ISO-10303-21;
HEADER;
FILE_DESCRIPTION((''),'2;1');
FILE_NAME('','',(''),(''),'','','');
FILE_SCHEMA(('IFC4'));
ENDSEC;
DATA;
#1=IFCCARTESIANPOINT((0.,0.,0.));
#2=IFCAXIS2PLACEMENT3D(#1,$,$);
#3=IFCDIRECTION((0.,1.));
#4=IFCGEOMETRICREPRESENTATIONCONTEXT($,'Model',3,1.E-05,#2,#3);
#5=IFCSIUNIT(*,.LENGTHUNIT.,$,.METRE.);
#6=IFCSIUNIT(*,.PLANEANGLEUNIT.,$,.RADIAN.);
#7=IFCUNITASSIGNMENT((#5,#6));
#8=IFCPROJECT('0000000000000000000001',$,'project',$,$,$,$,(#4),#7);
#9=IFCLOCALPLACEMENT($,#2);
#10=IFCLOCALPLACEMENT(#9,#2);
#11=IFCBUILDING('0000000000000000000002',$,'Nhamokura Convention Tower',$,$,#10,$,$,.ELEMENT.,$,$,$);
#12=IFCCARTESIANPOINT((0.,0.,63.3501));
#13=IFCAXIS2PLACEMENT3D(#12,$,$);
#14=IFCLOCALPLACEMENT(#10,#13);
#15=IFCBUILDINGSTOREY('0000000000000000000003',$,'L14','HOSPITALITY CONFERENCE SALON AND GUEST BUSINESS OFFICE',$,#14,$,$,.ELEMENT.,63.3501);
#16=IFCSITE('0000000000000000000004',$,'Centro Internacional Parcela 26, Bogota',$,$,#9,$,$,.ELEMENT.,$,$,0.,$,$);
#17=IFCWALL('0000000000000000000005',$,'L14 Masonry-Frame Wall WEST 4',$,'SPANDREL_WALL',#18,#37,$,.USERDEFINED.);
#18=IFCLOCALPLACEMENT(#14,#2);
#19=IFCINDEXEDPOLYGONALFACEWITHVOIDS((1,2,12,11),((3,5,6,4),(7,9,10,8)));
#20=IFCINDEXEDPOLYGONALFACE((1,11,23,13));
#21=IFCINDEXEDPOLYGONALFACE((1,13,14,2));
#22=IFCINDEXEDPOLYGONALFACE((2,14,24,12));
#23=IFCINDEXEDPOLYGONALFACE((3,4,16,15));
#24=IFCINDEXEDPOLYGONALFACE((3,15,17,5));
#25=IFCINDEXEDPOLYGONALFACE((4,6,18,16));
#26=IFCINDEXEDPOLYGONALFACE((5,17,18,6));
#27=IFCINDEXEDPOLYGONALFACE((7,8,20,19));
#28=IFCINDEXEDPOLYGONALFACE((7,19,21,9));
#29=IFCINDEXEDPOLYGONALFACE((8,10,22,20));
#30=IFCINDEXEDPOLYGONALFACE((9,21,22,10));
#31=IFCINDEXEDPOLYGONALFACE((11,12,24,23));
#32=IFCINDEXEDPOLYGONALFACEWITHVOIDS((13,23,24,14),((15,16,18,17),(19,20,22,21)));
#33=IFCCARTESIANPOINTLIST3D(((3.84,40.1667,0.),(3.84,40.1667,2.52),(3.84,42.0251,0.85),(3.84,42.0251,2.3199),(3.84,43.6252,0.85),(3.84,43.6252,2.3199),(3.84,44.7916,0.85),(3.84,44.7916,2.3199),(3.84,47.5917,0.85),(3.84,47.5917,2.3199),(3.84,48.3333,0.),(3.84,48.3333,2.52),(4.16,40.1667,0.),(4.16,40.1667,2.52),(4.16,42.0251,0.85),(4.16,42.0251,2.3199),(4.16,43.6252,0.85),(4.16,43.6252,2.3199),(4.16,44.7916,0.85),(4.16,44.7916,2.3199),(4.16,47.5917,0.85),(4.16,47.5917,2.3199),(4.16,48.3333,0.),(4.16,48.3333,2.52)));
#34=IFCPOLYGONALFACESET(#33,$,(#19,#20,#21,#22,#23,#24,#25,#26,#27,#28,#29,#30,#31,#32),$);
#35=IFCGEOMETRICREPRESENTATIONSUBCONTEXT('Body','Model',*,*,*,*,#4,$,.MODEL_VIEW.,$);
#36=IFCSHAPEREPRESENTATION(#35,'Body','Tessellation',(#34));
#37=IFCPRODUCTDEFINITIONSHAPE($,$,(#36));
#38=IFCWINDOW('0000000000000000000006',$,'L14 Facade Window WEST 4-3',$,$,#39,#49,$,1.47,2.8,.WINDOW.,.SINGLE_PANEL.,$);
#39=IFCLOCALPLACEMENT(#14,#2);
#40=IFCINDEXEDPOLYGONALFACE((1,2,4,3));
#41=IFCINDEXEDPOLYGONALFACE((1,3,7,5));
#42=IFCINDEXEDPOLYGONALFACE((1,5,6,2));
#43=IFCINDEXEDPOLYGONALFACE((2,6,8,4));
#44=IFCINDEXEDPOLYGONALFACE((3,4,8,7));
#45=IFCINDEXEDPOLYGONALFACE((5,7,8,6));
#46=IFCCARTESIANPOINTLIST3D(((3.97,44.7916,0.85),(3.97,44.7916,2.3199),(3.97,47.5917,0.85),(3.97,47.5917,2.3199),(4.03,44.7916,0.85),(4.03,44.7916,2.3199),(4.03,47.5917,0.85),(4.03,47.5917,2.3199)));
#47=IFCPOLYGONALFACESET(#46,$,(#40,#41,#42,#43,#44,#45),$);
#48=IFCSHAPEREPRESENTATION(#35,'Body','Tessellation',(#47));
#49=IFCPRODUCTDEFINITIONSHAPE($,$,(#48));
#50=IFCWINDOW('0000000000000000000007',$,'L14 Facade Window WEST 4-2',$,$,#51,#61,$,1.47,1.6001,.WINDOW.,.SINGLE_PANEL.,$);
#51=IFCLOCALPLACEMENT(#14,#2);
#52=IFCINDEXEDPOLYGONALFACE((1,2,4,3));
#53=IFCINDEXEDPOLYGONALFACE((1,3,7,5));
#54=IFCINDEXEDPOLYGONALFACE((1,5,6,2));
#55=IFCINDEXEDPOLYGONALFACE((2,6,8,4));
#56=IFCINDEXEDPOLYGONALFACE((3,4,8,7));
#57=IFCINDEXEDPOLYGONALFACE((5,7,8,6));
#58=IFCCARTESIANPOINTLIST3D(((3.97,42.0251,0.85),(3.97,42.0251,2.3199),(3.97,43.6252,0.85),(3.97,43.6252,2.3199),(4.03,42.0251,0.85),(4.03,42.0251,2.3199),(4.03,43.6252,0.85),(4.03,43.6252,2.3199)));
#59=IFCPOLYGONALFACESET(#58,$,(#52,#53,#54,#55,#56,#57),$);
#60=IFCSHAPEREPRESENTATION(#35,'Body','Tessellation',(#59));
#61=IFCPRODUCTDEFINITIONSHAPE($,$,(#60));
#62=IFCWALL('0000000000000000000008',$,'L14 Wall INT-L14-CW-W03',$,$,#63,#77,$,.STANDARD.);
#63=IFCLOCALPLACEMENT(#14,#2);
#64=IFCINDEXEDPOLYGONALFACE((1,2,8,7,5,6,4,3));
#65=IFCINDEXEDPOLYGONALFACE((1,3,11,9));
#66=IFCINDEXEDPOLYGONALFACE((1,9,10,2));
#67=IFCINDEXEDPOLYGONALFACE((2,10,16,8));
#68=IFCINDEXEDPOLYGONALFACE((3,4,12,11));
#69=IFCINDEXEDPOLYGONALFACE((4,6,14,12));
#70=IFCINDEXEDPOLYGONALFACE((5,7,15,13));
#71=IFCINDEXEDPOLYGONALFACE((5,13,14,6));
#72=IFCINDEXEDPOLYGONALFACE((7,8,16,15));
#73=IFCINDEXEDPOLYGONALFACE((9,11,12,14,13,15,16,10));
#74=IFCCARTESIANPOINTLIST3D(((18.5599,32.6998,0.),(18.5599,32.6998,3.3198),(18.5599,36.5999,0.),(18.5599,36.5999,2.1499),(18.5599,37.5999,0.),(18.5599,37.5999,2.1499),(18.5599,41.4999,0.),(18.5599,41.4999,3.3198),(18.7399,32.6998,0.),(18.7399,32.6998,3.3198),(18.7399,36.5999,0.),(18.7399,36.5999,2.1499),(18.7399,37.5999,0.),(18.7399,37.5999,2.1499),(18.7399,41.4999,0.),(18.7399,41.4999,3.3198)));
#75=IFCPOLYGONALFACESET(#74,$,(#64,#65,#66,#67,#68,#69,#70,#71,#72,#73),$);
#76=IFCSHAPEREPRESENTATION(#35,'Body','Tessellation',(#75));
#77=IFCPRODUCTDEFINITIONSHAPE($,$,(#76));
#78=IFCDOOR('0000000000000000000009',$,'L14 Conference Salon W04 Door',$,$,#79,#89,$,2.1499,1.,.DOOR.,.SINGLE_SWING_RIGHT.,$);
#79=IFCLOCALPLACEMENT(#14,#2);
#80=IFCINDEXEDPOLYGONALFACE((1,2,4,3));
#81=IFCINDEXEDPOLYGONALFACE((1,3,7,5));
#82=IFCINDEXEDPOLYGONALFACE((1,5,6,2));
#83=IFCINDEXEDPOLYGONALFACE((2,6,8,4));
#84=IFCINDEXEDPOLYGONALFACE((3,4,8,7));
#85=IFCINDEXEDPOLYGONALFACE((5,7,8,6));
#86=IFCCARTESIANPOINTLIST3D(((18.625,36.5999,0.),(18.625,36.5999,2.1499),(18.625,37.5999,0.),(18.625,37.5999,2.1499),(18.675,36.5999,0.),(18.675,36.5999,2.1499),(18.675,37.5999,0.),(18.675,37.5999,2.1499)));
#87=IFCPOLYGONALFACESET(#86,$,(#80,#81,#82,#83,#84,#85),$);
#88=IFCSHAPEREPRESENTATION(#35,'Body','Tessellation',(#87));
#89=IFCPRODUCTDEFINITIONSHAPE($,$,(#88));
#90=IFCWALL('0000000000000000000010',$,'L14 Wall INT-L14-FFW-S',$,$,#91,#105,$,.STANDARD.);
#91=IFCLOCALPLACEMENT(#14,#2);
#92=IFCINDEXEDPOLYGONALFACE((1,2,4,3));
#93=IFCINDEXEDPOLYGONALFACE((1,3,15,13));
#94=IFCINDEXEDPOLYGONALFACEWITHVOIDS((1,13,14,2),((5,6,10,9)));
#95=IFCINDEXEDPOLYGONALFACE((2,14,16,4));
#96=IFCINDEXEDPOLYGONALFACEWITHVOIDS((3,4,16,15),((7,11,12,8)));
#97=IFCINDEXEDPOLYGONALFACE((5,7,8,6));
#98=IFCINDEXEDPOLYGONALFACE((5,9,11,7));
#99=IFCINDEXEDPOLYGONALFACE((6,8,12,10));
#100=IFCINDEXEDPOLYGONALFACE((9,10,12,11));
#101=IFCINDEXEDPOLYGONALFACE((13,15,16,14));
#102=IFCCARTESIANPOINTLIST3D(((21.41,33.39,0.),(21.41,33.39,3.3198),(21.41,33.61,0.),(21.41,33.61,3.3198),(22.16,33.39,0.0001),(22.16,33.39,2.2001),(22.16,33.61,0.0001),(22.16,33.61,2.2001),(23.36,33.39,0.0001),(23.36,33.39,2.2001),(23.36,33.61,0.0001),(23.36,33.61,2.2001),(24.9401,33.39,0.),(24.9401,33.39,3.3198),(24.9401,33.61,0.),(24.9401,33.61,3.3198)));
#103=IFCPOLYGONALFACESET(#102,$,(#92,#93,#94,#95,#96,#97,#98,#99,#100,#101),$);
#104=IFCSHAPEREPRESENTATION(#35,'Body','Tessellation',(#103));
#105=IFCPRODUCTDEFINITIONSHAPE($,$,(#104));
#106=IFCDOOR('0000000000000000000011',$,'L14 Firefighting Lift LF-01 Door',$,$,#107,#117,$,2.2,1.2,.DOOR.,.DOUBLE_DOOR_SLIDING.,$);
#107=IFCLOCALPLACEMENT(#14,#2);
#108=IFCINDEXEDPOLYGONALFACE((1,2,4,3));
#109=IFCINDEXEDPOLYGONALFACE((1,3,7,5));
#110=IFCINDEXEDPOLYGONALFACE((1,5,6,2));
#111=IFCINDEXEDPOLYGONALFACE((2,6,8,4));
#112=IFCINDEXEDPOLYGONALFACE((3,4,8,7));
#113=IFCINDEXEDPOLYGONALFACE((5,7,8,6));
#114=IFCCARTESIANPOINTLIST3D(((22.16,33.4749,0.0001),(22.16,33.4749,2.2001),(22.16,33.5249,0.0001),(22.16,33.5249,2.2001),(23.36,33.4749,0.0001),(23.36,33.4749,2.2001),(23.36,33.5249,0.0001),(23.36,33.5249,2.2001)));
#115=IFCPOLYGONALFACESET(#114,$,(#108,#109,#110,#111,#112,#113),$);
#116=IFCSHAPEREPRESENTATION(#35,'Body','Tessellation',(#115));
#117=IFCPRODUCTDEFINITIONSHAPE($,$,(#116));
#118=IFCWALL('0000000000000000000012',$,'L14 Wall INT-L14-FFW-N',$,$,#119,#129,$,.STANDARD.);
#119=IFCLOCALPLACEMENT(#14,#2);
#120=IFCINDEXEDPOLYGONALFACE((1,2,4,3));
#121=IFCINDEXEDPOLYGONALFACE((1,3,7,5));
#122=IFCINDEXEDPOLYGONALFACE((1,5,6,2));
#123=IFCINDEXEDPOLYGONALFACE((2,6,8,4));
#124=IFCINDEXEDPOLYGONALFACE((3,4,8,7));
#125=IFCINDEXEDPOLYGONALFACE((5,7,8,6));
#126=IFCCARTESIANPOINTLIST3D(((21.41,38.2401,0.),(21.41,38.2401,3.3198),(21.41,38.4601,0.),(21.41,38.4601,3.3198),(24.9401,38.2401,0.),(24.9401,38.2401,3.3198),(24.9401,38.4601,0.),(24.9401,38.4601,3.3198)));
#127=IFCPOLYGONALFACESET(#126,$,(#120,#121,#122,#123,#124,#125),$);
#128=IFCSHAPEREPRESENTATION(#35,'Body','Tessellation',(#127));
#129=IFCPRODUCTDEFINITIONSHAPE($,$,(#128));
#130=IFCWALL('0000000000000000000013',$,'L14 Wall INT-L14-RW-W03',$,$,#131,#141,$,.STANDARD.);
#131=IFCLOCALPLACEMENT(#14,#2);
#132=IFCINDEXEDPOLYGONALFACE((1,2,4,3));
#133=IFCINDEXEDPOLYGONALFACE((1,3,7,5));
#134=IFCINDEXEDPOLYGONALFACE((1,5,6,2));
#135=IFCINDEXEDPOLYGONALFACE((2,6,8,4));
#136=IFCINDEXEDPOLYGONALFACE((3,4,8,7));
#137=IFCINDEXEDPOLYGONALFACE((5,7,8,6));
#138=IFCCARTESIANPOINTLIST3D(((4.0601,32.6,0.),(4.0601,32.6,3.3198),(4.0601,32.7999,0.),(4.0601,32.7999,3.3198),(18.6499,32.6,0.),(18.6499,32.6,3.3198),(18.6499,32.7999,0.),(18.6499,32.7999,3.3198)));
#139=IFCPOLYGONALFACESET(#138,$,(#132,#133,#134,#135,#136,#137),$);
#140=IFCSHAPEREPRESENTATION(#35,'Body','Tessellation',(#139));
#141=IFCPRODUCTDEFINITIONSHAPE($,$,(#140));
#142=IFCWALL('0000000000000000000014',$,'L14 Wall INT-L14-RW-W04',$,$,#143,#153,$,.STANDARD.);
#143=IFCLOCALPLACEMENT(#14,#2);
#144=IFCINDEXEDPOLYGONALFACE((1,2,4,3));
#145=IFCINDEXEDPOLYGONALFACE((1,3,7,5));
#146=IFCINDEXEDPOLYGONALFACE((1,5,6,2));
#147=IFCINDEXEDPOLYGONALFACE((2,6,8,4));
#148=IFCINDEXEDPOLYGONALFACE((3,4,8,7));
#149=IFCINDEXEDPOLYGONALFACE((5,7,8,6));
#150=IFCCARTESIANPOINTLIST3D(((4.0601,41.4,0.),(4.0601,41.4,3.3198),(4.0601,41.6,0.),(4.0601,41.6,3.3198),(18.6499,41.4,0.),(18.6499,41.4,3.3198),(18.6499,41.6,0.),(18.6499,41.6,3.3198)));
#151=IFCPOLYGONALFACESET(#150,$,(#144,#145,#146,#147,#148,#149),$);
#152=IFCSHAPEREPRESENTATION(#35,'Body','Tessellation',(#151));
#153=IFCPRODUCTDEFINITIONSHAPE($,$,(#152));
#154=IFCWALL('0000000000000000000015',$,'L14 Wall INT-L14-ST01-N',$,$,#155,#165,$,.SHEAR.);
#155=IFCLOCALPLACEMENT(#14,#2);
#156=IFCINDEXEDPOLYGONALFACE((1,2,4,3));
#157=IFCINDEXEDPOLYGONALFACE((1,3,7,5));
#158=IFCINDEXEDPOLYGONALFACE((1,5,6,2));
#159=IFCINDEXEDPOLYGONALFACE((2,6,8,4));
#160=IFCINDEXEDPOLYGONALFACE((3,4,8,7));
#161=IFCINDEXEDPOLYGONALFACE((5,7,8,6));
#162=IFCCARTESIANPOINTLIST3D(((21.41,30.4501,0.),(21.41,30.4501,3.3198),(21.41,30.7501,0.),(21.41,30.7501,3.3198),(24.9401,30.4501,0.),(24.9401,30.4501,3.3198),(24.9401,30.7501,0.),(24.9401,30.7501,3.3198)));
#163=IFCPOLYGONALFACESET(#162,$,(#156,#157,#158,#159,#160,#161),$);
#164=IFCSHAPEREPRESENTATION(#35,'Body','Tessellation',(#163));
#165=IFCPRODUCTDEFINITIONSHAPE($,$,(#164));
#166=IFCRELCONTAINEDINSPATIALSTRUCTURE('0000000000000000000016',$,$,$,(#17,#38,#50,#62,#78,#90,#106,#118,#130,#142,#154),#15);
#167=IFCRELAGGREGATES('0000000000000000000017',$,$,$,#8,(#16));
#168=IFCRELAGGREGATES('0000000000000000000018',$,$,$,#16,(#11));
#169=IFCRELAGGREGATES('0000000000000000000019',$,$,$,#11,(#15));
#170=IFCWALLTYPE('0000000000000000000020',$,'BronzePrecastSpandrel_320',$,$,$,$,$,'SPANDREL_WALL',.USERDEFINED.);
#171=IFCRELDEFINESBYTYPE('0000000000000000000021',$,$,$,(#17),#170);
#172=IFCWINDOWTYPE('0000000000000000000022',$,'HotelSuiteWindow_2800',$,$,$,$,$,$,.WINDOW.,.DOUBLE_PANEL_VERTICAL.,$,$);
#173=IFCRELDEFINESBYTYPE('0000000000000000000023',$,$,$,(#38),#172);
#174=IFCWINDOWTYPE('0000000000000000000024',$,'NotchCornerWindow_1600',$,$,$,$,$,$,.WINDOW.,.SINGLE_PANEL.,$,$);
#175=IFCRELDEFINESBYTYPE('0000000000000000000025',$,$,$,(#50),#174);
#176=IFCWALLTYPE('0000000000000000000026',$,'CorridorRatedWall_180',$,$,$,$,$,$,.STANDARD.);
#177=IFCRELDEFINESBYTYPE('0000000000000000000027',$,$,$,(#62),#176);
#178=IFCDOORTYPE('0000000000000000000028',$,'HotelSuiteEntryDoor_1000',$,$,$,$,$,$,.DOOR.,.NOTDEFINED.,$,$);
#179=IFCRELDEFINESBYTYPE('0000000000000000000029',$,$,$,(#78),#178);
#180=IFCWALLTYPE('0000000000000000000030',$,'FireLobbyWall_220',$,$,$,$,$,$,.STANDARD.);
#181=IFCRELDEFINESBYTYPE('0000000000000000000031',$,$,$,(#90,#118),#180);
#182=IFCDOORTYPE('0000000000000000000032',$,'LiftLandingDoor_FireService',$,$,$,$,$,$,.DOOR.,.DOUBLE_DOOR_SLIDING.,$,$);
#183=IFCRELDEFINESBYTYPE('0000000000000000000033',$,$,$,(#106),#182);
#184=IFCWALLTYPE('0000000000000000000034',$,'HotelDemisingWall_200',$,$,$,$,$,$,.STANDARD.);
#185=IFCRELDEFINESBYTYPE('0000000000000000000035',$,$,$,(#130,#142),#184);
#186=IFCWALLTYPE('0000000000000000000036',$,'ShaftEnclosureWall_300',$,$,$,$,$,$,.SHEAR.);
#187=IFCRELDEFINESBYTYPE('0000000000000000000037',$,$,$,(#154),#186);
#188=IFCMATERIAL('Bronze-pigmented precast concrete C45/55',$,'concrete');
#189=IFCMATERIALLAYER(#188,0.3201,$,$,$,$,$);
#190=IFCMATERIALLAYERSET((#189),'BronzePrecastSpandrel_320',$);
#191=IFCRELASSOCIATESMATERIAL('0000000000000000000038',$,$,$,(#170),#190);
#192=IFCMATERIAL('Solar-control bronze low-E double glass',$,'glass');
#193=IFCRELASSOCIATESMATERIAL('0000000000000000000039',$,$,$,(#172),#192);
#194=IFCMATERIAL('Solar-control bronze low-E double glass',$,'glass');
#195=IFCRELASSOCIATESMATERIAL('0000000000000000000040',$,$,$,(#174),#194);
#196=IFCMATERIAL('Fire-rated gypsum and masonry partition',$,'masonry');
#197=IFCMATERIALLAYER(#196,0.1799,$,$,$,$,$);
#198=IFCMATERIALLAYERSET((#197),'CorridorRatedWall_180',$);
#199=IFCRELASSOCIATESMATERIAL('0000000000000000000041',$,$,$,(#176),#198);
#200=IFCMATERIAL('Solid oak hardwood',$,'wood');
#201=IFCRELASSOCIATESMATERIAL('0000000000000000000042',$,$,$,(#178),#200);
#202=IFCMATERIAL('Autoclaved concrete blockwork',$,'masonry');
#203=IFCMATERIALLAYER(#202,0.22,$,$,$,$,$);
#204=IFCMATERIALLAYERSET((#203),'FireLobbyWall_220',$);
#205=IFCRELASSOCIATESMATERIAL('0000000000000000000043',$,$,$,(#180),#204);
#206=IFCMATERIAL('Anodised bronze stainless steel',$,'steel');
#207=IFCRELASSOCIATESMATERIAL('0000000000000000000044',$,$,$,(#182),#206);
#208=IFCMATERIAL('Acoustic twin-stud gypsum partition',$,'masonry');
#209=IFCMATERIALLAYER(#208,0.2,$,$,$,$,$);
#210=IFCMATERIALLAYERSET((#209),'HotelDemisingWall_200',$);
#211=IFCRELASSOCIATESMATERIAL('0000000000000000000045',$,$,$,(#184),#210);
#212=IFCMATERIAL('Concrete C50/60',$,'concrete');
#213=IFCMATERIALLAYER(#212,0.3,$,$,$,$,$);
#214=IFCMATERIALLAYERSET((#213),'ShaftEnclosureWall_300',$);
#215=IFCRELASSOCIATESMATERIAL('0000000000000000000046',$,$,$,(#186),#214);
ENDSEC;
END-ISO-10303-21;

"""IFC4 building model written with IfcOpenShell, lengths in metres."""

from ifc_helpers import new_model, si_unit, direction, frame, frame_2d, origin, place, context, subcontext, project, spatial, rectangle, extrude, material, layer, layer_set, type_object, element, fill, save


model = new_model("IFC4")

# Units and contexts
model_context = context("Model", 3, precision=1e-05, world=origin(), true_north=direction((0.0, 1.0)))
body_context = subcontext(model_context, "Body", "Model", "MODEL_VIEW")
ifc_project = project(units=[si_unit("LENGTHUNIT", "METRE"), si_unit("PLANEANGLEUNIT", "RADIAN")], contexts=[model_context])

# Site, building, storey
site_placement = place(None, origin())
site = spatial("IfcSite", under=ifc_project, at=site_placement, Name="Centro Internacional Parcela 26, Bogota", CompositionType="ELEMENT", RefElevation=0.0)
building_placement = place(site_placement, origin())
building = spatial("IfcBuilding", under=site, at=building_placement, Name="Nhamokura Convention Tower", CompositionType="ELEMENT")
storey_placement = place(building_placement, frame((0.0, 0.0, 63.3501)))
storey = spatial("IfcBuildingStorey", under=building, at=storey_placement, Name="L14", Description="HOSPITALITY CONFERENCE SALON AND GUEST BUSINESS OFFICE", CompositionType="ELEMENT", Elevation=63.3501)

# Shared definitions
ifc_material_1 = material(Name="Bronze-pigmented precast concrete C45/55", Category="concrete")
ifc_layer_1 = layer(ifc_material_1, 0.3201)
ifc_layer_set_1 = layer_set([ifc_layer_1], Name="BronzePrecastSpandrel_320")
wall_type_1 = type_object("IfcWallType", Name="BronzePrecastSpandrel_320", ElementType="SPANDREL_WALL", PredefinedType="USERDEFINED", material=ifc_layer_set_1)

# Wall, openings, windows
wall_1_placement = place(storey_placement, frame((4.0, 40.1667, 0.0), z_axis=(0.0, 0.0, 1.0), x_axis=(0.0, 1.0, 0.0)))
wall_1 = element("IfcWall", 1, at=wall_1_placement, inside=storey, type_object=wall_type_1, Name="L14 Masonry-Frame Wall WEST 4", ObjectType="SPANDREL_WALL", PredefinedType="USERDEFINED", context=body_context, shape_type="SweptSolid", body=[
    extrude(rectangle(XDim=8.1665, YDim=0.3201, at=frame_2d((4.0833, 0.0))), origin(), (0.0, 0.0, 1.0), 2.52),
])
opening_1_placement = place(wall_1_placement, frame((1.8584, 0.0, 0.8501)))
opening_1 = element("IfcOpeningElement", 2, at=opening_1_placement, cuts=wall_1, PredefinedType="OPENING", context=body_context, shape_type="SweptSolid", body=[
    extrude(rectangle(XDim=1.6001, YDim=1.47, at=frame_2d((0.8, 0.7349))), frame((0.0, 0.1699, 0.0), z_axis=(0.0, -1.0, 0.0), x_axis=(1.0, 0.0, 0.0)), (0.0, 0.0, 1.0), 0.3401),
])
opening_2_placement = place(wall_1_placement, frame((4.625, 0.0, 0.8501)))
opening_2 = element("IfcOpeningElement", 3, at=opening_2_placement, cuts=wall_1, PredefinedType="OPENING", context=body_context, shape_type="SweptSolid", body=[
    extrude(rectangle(XDim=2.8, YDim=1.47, at=frame_2d((1.3999, 0.7349))), frame((0.0, 0.1699, 0.0), z_axis=(0.0, -1.0, 0.0), x_axis=(1.0, 0.0, 0.0)), (0.0, 0.0, 1.0), 0.3401),
])
ifc_material_2 = material(Name="Solar-control bronze low-E double glass", Category="glass")
window_type_1 = type_object("IfcWindowType", Name="HotelSuiteWindow_2800", PartitioningType="DOUBLE_PANEL_VERTICAL", PredefinedType="WINDOW", material=ifc_material_2)
window_1_placement = place(opening_2_placement, origin())
window_1 = element("IfcWindow", 4, at=window_1_placement, inside=storey, type_object=window_type_1, Name="L14 Facade Window WEST 4-3", OverallHeight=1.47, OverallWidth=2.8, PartitioningType="SINGLE_PANEL", PredefinedType="WINDOW", context=body_context, shape_type="SweptSolid", body=[
    extrude(rectangle(XDim=2.8, YDim=1.47, at=frame_2d((1.3999, 0.7349))), frame((0.0, 0.03, 0.0), z_axis=(0.0, -1.0, 0.0), x_axis=(1.0, 0.0, 0.0)), (0.0, 0.0, 1.0), 0.0601),
])
fill(opening_2, window_1)
ifc_material_3 = material(Name="Solar-control bronze low-E double glass", Category="glass")
window_type_2 = type_object("IfcWindowType", Name="NotchCornerWindow_1600", PartitioningType="SINGLE_PANEL", PredefinedType="WINDOW", material=ifc_material_3)
window_2_placement = place(opening_1_placement, origin())
window_2 = element("IfcWindow", 5, at=window_2_placement, inside=storey, type_object=window_type_2, Name="L14 Facade Window WEST 4-2", OverallHeight=1.47, OverallWidth=1.6001, PartitioningType="SINGLE_PANEL", PredefinedType="WINDOW", context=body_context, shape_type="SweptSolid", body=[
    extrude(rectangle(XDim=1.6001, YDim=1.47, at=frame_2d((0.8, 0.7349))), frame((0.0, 0.03, 0.0), z_axis=(0.0, -1.0, 0.0), x_axis=(1.0, 0.0, 0.0)), (0.0, 0.0, 1.0), 0.0601),
])
fill(opening_1, window_2)

# Walls, openings, doors
ifc_material_4 = material(Name="Fire-rated gypsum and masonry partition", Category="masonry")
ifc_layer_2 = layer(ifc_material_4, 0.1799)
ifc_layer_set_2 = layer_set([ifc_layer_2], Name="CorridorRatedWall_180")
wall_type_2 = type_object("IfcWallType", Name="CorridorRatedWall_180", PredefinedType="STANDARD", material=ifc_layer_set_2)
wall_2_placement = place(storey_placement, frame((18.6499, 32.7, 0.0), z_axis=(0.0, 0.0, 1.0), x_axis=(0.0, 1.0, 0.0)))
wall_2 = element("IfcWall", 6, at=wall_2_placement, inside=storey, type_object=wall_type_2, Name="L14 Wall INT-L14-CW-W03", PredefinedType="STANDARD", context=body_context, shape_type="SweptSolid", body=[
    extrude(rectangle(XDim=8.8, YDim=0.1799, at=frame_2d((4.3999, 0.0))), origin(), (0.0, 0.0, 1.0), 3.3198),
])
opening_3_placement = place(wall_2_placement, frame((3.8999, 0.0, 0.0)))
opening_3 = element("IfcOpeningElement", 7, at=opening_3_placement, cuts=wall_2, PredefinedType="OPENING", context=body_context, shape_type="SweptSolid", body=[
    extrude(rectangle(XDim=1.0, YDim=2.1499, at=frame_2d((0.5, 1.075))), frame((0.0, 0.0999, 0.0), z_axis=(0.0, -1.0, 0.0), x_axis=(1.0, 0.0, 0.0)), (0.0, 0.0, 1.0), 0.2),
])
ifc_material_5 = material(Name="Solid oak hardwood", Category="wood")
door_type_1 = type_object("IfcDoorType", Name="HotelSuiteEntryDoor_1000", OperationType="NOTDEFINED", PredefinedType="DOOR", material=ifc_material_5)
door_1_placement = place(opening_3_placement, origin())
door_1 = element("IfcDoor", 8, at=door_1_placement, inside=storey, type_object=door_type_1, Name="L14 Conference Salon W04 Door", OperationType="SINGLE_SWING_RIGHT", OverallHeight=2.1499, OverallWidth=1.0, PredefinedType="DOOR", context=body_context, shape_type="SweptSolid", body=[
    extrude(rectangle(XDim=1.0, YDim=2.1499, at=frame_2d((0.5, 1.075))), frame((0.0, 0.0249, 0.0), z_axis=(0.0, -1.0, 0.0), x_axis=(1.0, 0.0, 0.0)), (0.0, 0.0, 1.0), 0.05),
])
fill(opening_3, door_1)
ifc_material_6 = material(Name="Autoclaved concrete blockwork", Category="masonry")
ifc_layer_3 = layer(ifc_material_6, 0.22)
ifc_layer_set_3 = layer_set([ifc_layer_3], Name="FireLobbyWall_220")
wall_type_3 = type_object("IfcWallType", Name="FireLobbyWall_220", PredefinedType="STANDARD", material=ifc_layer_set_3)
wall_3_placement = place(storey_placement, frame((21.4099, 33.5, 0.0), z_axis=(0.0, 0.0, 1.0), x_axis=(1.0, 0.0, 0.0)))
wall_3 = element("IfcWall", 9, at=wall_3_placement, inside=storey, type_object=wall_type_3, Name="L14 Wall INT-L14-FFW-S", PredefinedType="STANDARD", context=body_context, shape_type="SweptSolid", body=[
    extrude(rectangle(XDim=3.53, YDim=0.22, at=frame_2d((1.7651, 0.0))), origin(), (0.0, 0.0, 1.0), 3.3198),
])
opening_4_placement = place(wall_3_placement, frame((0.75, 0.0, 0.0)))
opening_4 = element("IfcOpeningElement", 10, at=opening_4_placement, cuts=wall_3, PredefinedType="OPENING", context=body_context, shape_type="SweptSolid", body=[
    extrude(rectangle(XDim=1.2, YDim=2.2, at=frame_2d((0.6001, 1.1001))), frame((0.0, 0.1199, 0.0), z_axis=(0.0, -1.0, 0.0), x_axis=(1.0, 0.0, 0.0)), (0.0, 0.0, 1.0), 0.24),
])
ifc_material_7 = material(Name="Anodised bronze stainless steel", Category="steel")
door_type_2 = type_object("IfcDoorType", Name="LiftLandingDoor_FireService", OperationType="DOUBLE_DOOR_SLIDING", PredefinedType="DOOR", material=ifc_material_7)
door_2_placement = place(opening_4_placement, origin())
door_2 = element("IfcDoor", 11, at=door_2_placement, inside=storey, type_object=door_type_2, Name="L14 Firefighting Lift LF-01 Door", OperationType="DOUBLE_DOOR_SLIDING", OverallHeight=2.2, OverallWidth=1.2, PredefinedType="DOOR", context=body_context, shape_type="SweptSolid", body=[
    extrude(rectangle(XDim=1.2, YDim=2.2, at=frame_2d((0.6001, 1.1001))), frame((0.0, 0.0249, 0.0), z_axis=(0.0, -1.0, 0.0), x_axis=(1.0, 0.0, 0.0)), (0.0, 0.0, 1.0), 0.05),
])
fill(opening_4, door_2)

# Walls
wall_4_placement = place(storey_placement, frame((21.4099, 38.3501, 0.0), z_axis=(0.0, 0.0, 1.0), x_axis=(1.0, 0.0, 0.0)))
element("IfcWall", 12, at=wall_4_placement, inside=storey, type_object=wall_type_3, Name="L14 Wall INT-L14-FFW-N", PredefinedType="STANDARD", context=body_context, shape_type="SweptSolid", body=[
    extrude(rectangle(XDim=3.53, YDim=0.22, at=frame_2d((1.7651, 0.0))), origin(), (0.0, 0.0, 1.0), 3.3198),
])
ifc_material_8 = material(Name="Acoustic twin-stud gypsum partition", Category="masonry")
ifc_layer_4 = layer(ifc_material_8, 0.2)
ifc_layer_set_4 = layer_set([ifc_layer_4], Name="HotelDemisingWall_200")
wall_type_4 = type_object("IfcWallType", Name="HotelDemisingWall_200", PredefinedType="STANDARD", material=ifc_layer_set_4)
for number, where, z_axis, x_axis, name in (
    (13, (4.0601, 32.7, 0.0), (0.0, 0.0, 1.0), (1.0, 0.0, 0.0), "L14 Wall INT-L14-RW-W03"),
    (14, (4.0601, 41.5, 0.0), (0.0, 0.0, 1.0), (1.0, 0.0, 0.0), "L14 Wall INT-L14-RW-W04"),
):
    element("IfcWall", number, at=place(storey_placement, frame(where, z_axis=z_axis, x_axis=x_axis)), inside=storey, type_object=wall_type_4, Name=name, PredefinedType="STANDARD", context=body_context, shape_type="SweptSolid", body=[
        extrude(rectangle(XDim=14.5898, YDim=0.2, at=frame_2d((7.2949, 0.0))), origin(), (0.0, 0.0, 1.0), 3.3198),
    ])
ifc_material_9 = material(Name="Concrete C50/60", Category="concrete")
ifc_layer_5 = layer(ifc_material_9, 0.3)
ifc_layer_set_5 = layer_set([ifc_layer_5], Name="ShaftEnclosureWall_300")
wall_type_5 = type_object("IfcWallType", Name="ShaftEnclosureWall_300", PredefinedType="SHEAR", material=ifc_layer_set_5)
wall_5_placement = place(storey_placement, frame((21.4099, 30.6001, 0.0), z_axis=(0.0, 0.0, 1.0), x_axis=(1.0, 0.0, 0.0)))
element("IfcWall", 15, at=wall_5_placement, inside=storey, type_object=wall_type_5, Name="L14 Wall INT-L14-ST01-N", PredefinedType="SHEAR", context=body_context, shape_type="SweptSolid", body=[
    extrude(rectangle(XDim=3.53, YDim=0.3, at=frame_2d((1.7651, 0.0))), origin(), (0.0, 0.0, 1.0), 3.3198),
])

save(model, "model.ifc")
